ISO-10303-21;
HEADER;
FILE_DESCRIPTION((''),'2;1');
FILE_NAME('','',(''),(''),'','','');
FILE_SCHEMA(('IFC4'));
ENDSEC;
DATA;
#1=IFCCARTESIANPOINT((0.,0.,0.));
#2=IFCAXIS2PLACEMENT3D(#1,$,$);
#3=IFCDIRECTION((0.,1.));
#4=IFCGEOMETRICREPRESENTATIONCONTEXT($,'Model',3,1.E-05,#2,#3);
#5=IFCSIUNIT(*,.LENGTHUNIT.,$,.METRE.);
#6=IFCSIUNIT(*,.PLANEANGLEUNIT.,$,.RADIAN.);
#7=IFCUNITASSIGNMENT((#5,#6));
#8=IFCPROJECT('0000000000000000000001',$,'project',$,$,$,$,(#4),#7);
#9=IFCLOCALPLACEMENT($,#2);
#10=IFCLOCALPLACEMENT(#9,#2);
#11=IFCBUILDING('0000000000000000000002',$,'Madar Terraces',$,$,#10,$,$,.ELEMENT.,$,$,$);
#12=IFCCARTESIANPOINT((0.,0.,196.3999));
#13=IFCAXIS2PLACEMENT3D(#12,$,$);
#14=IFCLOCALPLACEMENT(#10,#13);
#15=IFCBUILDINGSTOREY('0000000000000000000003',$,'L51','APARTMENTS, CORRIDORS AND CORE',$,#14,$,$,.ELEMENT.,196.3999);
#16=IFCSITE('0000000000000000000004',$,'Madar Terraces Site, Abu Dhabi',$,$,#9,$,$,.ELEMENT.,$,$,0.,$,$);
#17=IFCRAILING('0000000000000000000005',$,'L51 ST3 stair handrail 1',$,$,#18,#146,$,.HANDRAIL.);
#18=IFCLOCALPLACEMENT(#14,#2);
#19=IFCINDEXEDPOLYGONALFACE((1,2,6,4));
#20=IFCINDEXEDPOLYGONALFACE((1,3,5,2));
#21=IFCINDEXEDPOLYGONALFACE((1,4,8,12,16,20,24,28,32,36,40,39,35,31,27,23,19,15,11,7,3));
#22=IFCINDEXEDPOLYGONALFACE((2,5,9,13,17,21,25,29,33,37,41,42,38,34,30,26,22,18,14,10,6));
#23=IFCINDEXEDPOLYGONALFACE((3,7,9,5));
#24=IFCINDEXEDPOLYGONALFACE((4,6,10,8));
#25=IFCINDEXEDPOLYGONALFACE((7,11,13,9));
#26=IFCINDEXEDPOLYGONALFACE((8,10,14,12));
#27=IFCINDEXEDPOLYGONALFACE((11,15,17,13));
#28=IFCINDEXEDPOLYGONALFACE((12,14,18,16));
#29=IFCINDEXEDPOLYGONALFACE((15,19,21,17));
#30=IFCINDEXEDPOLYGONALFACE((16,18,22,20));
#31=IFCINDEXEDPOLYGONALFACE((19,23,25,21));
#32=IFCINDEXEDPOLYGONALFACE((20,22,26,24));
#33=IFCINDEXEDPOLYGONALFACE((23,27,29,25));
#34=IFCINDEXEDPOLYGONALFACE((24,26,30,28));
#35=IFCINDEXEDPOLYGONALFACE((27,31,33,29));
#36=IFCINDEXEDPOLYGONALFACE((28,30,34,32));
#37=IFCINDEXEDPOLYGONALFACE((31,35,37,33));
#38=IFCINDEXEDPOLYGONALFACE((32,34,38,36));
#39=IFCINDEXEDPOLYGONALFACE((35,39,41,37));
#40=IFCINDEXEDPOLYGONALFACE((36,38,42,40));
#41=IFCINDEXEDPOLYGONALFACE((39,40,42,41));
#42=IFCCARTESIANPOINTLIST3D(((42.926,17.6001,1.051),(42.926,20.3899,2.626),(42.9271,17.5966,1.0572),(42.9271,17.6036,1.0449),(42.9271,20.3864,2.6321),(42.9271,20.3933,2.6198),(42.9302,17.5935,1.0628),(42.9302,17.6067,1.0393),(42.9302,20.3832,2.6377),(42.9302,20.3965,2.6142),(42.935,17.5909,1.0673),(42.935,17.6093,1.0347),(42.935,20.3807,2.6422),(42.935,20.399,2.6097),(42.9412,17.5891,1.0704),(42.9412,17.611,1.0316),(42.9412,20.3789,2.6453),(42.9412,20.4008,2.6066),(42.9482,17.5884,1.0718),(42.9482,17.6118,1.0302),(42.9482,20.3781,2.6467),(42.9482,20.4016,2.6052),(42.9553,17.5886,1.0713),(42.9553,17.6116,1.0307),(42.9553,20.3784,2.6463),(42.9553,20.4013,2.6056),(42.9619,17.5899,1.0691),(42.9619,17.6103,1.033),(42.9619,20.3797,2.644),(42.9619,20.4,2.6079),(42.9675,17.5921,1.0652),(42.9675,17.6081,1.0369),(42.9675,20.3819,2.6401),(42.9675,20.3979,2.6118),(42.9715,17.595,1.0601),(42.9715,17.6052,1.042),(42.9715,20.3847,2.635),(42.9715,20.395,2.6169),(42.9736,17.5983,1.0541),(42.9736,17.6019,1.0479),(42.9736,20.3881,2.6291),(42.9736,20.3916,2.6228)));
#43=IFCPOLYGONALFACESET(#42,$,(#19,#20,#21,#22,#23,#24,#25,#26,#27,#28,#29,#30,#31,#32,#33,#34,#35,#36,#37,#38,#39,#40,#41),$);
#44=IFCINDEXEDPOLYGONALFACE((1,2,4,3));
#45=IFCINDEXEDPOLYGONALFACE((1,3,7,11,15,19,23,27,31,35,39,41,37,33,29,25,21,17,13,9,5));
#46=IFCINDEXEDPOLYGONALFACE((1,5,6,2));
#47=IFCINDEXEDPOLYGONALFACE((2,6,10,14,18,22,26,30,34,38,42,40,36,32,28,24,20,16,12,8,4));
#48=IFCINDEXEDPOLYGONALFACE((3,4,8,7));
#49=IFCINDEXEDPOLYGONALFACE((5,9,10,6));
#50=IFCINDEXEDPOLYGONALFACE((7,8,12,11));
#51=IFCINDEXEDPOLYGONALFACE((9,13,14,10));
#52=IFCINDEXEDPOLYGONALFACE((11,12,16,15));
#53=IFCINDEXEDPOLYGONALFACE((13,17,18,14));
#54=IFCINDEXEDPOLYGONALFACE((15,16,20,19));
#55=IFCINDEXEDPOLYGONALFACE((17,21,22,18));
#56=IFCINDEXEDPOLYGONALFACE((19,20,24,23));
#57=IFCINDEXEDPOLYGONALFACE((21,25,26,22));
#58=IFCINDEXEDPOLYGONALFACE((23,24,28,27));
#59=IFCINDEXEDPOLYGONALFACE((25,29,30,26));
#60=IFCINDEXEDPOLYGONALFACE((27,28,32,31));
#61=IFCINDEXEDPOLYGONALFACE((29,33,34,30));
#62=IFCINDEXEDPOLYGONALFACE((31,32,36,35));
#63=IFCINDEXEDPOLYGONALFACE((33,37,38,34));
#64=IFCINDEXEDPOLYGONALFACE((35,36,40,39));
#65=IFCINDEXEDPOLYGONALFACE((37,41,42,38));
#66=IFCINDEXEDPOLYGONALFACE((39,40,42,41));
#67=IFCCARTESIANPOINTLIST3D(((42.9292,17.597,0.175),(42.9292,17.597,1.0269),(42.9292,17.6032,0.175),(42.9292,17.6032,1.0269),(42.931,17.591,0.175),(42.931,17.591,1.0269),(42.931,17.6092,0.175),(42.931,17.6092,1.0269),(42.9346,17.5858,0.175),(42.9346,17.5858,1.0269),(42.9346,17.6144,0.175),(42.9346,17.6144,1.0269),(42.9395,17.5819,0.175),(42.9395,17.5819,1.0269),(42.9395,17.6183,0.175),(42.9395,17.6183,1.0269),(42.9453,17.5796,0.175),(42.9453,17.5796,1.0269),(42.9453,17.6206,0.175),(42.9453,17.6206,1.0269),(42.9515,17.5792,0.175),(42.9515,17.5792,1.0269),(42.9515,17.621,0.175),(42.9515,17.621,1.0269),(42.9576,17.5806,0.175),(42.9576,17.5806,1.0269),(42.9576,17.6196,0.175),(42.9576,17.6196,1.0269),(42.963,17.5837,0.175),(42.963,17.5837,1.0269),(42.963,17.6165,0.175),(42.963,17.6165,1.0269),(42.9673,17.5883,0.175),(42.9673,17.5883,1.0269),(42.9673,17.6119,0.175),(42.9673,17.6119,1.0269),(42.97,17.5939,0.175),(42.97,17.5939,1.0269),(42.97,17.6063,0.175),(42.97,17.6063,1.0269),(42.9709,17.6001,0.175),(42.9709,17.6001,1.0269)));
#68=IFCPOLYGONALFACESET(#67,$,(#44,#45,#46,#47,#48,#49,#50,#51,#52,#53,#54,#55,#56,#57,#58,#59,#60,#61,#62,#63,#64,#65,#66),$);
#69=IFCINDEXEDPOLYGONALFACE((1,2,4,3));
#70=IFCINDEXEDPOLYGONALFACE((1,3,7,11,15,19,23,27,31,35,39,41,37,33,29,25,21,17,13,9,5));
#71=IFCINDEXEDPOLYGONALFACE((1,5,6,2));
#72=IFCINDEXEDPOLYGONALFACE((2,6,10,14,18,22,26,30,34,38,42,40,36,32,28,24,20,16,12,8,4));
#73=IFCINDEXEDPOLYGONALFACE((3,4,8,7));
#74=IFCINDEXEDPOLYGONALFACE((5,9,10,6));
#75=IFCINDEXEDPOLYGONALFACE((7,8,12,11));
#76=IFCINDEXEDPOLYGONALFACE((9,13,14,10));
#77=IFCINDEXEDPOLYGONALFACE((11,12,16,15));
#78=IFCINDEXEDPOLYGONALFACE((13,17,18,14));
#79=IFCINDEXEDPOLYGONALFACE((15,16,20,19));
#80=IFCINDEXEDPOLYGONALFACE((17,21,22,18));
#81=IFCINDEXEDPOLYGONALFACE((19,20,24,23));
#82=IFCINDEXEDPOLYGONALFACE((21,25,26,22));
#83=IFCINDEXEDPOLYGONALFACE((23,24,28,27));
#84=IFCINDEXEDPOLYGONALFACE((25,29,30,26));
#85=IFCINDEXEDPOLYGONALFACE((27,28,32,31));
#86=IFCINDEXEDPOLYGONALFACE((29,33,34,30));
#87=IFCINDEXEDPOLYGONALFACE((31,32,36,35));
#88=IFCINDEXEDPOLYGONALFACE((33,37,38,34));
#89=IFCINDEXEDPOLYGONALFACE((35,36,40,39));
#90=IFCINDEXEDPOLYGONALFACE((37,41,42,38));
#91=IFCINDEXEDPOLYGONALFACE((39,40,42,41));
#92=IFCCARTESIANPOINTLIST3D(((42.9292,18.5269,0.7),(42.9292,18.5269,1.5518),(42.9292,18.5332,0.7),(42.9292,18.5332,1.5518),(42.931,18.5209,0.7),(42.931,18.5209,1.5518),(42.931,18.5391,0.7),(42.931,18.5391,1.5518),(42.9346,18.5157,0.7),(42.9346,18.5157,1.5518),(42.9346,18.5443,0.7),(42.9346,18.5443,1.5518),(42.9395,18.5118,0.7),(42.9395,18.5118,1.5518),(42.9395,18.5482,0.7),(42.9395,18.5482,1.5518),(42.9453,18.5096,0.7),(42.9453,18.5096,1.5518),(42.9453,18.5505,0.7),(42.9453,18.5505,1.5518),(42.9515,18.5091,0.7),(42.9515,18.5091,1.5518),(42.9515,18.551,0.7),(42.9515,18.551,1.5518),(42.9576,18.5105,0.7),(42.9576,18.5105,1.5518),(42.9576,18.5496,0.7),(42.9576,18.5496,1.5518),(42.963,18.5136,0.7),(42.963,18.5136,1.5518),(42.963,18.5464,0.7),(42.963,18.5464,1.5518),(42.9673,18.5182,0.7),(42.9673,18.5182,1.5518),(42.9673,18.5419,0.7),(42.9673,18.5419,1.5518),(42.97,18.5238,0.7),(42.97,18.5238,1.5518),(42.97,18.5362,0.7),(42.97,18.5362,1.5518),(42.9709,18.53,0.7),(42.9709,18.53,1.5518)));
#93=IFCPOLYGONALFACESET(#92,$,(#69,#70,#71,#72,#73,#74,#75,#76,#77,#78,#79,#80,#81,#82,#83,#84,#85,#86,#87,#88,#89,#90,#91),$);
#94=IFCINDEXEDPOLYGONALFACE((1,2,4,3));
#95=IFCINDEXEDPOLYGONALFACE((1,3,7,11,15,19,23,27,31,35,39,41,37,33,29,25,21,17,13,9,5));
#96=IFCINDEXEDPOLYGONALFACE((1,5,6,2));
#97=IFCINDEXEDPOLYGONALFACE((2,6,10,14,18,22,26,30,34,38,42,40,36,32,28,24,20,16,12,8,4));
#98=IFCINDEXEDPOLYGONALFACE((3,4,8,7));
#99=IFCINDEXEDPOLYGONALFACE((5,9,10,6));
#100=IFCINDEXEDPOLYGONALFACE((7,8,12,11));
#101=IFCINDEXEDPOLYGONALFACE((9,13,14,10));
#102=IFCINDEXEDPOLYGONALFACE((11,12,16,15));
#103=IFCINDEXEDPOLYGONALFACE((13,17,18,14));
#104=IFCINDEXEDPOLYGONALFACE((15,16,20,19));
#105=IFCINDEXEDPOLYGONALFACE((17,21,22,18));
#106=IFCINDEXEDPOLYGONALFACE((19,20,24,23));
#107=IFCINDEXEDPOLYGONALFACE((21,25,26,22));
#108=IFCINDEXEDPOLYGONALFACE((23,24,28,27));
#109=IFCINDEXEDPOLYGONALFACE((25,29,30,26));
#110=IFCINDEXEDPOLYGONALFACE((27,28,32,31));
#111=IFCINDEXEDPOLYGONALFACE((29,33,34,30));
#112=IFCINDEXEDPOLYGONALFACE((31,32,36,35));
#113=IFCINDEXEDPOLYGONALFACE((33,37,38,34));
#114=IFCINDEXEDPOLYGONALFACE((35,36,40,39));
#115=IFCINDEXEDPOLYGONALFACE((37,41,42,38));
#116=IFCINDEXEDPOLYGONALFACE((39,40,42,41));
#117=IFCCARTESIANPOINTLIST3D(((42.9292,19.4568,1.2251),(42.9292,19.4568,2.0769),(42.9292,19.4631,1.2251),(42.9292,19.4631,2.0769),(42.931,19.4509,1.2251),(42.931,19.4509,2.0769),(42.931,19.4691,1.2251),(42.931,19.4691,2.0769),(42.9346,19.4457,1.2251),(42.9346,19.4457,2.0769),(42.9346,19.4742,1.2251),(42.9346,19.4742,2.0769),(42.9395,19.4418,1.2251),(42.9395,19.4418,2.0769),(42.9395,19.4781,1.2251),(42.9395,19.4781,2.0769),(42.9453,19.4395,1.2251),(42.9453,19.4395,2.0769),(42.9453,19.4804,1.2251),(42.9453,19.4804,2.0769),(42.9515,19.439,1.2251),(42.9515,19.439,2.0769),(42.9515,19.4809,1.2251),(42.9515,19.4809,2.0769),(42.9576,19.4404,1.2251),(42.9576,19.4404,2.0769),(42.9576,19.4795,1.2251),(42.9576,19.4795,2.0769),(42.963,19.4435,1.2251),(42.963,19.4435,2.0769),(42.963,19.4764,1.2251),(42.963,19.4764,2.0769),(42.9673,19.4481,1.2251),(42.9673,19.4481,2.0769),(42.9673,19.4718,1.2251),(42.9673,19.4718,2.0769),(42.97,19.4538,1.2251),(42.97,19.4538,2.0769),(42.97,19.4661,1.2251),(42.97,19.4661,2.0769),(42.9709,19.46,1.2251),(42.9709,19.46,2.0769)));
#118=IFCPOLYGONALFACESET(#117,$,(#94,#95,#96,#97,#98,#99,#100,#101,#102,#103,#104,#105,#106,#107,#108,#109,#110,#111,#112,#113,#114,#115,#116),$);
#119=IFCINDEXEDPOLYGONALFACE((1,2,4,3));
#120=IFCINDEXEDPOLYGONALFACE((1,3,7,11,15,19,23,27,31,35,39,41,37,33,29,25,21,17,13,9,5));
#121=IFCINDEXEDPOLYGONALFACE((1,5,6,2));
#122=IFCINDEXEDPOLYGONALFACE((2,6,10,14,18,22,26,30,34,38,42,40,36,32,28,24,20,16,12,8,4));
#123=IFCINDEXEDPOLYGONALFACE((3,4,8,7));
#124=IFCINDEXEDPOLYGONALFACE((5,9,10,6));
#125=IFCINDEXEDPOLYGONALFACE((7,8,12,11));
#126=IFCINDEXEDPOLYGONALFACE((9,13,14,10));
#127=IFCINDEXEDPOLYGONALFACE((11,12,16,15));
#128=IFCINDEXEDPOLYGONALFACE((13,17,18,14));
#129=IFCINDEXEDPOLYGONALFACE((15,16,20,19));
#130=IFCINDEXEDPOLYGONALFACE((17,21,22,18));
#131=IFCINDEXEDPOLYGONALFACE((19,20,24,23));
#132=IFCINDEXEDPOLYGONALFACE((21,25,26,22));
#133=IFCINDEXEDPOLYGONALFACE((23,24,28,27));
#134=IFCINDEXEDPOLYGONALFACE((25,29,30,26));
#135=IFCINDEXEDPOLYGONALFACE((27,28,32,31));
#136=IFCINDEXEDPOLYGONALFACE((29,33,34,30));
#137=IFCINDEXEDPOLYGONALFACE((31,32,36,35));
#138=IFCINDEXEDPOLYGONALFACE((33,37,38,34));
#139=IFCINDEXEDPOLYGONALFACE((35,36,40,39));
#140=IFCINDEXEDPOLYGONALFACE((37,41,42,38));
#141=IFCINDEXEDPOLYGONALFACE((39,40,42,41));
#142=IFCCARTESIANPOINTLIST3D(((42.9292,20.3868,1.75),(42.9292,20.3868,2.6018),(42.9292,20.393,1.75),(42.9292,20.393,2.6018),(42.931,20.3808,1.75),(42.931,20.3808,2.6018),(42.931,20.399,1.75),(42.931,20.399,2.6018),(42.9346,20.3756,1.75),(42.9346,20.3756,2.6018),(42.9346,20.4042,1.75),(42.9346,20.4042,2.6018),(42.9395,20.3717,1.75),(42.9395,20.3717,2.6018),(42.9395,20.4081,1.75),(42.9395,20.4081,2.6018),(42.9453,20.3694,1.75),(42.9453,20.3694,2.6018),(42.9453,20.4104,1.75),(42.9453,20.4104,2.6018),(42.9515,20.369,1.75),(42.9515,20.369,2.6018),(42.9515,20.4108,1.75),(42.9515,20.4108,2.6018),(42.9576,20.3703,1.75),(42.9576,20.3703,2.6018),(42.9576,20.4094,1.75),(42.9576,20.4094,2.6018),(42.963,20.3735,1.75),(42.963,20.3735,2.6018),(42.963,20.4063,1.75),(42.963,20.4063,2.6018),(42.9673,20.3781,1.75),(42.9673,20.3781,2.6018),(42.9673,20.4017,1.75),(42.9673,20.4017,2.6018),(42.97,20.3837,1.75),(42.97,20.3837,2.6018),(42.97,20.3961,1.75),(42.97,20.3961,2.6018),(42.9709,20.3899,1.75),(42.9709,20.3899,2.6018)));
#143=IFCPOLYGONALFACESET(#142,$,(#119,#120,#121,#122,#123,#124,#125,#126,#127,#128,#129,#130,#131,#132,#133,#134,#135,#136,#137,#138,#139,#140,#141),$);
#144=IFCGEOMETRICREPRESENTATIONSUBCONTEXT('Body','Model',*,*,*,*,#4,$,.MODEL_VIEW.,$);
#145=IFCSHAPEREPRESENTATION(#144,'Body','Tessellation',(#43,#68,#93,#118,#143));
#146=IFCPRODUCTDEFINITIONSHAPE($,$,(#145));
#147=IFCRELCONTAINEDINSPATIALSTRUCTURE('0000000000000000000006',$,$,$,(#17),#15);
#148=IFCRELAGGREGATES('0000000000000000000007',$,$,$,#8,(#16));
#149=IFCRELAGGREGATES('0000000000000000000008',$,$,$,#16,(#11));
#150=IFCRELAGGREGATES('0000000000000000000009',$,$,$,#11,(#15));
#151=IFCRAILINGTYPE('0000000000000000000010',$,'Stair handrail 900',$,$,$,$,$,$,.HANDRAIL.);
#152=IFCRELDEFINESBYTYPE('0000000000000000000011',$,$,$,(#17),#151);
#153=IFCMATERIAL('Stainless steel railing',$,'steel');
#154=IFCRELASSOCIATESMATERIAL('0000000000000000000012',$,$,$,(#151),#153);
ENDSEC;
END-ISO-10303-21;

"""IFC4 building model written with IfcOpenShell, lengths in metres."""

from ifc_helpers import new_model, si_unit, direction, frame, origin, origin_2d, place, context, subcontext, project, spatial, circle, extrude, material, type_object, element, save


model = new_model("IFC4")

# Units and contexts
model_context = context("Model", 3, precision=1e-05, world=origin(), true_north=direction((0.0, 1.0)))
body_context = subcontext(model_context, "Body", "Model", "MODEL_VIEW")
ifc_project = project(units=[si_unit("LENGTHUNIT", "METRE"), si_unit("PLANEANGLEUNIT", "RADIAN")], contexts=[model_context])

# Site, building, storey
site_placement = place(None, origin())
site = spatial("IfcSite", under=ifc_project, at=site_placement, Name="Madar Terraces Site, Abu Dhabi", CompositionType="ELEMENT", RefElevation=0.0)
building_placement = place(site_placement, origin())
building = spatial("IfcBuilding", under=site, at=building_placement, Name="Madar Terraces", CompositionType="ELEMENT")
storey_placement = place(building_placement, frame((0.0, 0.0, 196.3999)))
storey = spatial("IfcBuildingStorey", under=building, at=storey_placement, Name="L51", Description="APARTMENTS, CORRIDORS AND CORE", CompositionType="ELEMENT", Elevation=196.3999)

# Railing
ifc_material_1 = material(Name="Stainless steel railing", Category="steel")
railing_type_1 = type_object("IfcRailingType", Name="Stair handrail 900", PredefinedType="HANDRAIL", material=ifc_material_1)
railing_1_placement = place(storey_placement, frame((42.95, 17.6001, 0.175)))
element("IfcRailing", 1, at=railing_1_placement, inside=storey, type_object=railing_type_1, Name="L51 ST3 stair handrail 1", PredefinedType="HANDRAIL", context=body_context, shape_type="SweptSolid", body=[
    extrude(circle(Radius=0.0239, at=origin_2d()), frame((0.0, 0.0, 0.876), z_axis=(0.0, 0.870815, 0.49161), x_axis=(-1.0, 0.0, 0.0)), (0.0, 0.0, 1.0), 3.2036),
    extrude(circle(Radius=0.021, at=origin_2d()), origin(), (0.0, 0.0, 1.0), 0.8518),
    extrude(circle(Radius=0.021, at=origin_2d()), frame((0.0, 0.9299, 0.5249)), (0.0, 0.0, 1.0), 0.8518),
    extrude(circle(Radius=0.021, at=origin_2d()), frame((0.0, 1.8599, 1.05)), (0.0, 0.0, 1.0), 0.8518),
    extrude(circle(Radius=0.021, at=origin_2d()), frame((0.0, 2.7898, 1.575)), (0.0, 0.0, 1.0), 0.8518),
])

save(model, "model.ifc")
